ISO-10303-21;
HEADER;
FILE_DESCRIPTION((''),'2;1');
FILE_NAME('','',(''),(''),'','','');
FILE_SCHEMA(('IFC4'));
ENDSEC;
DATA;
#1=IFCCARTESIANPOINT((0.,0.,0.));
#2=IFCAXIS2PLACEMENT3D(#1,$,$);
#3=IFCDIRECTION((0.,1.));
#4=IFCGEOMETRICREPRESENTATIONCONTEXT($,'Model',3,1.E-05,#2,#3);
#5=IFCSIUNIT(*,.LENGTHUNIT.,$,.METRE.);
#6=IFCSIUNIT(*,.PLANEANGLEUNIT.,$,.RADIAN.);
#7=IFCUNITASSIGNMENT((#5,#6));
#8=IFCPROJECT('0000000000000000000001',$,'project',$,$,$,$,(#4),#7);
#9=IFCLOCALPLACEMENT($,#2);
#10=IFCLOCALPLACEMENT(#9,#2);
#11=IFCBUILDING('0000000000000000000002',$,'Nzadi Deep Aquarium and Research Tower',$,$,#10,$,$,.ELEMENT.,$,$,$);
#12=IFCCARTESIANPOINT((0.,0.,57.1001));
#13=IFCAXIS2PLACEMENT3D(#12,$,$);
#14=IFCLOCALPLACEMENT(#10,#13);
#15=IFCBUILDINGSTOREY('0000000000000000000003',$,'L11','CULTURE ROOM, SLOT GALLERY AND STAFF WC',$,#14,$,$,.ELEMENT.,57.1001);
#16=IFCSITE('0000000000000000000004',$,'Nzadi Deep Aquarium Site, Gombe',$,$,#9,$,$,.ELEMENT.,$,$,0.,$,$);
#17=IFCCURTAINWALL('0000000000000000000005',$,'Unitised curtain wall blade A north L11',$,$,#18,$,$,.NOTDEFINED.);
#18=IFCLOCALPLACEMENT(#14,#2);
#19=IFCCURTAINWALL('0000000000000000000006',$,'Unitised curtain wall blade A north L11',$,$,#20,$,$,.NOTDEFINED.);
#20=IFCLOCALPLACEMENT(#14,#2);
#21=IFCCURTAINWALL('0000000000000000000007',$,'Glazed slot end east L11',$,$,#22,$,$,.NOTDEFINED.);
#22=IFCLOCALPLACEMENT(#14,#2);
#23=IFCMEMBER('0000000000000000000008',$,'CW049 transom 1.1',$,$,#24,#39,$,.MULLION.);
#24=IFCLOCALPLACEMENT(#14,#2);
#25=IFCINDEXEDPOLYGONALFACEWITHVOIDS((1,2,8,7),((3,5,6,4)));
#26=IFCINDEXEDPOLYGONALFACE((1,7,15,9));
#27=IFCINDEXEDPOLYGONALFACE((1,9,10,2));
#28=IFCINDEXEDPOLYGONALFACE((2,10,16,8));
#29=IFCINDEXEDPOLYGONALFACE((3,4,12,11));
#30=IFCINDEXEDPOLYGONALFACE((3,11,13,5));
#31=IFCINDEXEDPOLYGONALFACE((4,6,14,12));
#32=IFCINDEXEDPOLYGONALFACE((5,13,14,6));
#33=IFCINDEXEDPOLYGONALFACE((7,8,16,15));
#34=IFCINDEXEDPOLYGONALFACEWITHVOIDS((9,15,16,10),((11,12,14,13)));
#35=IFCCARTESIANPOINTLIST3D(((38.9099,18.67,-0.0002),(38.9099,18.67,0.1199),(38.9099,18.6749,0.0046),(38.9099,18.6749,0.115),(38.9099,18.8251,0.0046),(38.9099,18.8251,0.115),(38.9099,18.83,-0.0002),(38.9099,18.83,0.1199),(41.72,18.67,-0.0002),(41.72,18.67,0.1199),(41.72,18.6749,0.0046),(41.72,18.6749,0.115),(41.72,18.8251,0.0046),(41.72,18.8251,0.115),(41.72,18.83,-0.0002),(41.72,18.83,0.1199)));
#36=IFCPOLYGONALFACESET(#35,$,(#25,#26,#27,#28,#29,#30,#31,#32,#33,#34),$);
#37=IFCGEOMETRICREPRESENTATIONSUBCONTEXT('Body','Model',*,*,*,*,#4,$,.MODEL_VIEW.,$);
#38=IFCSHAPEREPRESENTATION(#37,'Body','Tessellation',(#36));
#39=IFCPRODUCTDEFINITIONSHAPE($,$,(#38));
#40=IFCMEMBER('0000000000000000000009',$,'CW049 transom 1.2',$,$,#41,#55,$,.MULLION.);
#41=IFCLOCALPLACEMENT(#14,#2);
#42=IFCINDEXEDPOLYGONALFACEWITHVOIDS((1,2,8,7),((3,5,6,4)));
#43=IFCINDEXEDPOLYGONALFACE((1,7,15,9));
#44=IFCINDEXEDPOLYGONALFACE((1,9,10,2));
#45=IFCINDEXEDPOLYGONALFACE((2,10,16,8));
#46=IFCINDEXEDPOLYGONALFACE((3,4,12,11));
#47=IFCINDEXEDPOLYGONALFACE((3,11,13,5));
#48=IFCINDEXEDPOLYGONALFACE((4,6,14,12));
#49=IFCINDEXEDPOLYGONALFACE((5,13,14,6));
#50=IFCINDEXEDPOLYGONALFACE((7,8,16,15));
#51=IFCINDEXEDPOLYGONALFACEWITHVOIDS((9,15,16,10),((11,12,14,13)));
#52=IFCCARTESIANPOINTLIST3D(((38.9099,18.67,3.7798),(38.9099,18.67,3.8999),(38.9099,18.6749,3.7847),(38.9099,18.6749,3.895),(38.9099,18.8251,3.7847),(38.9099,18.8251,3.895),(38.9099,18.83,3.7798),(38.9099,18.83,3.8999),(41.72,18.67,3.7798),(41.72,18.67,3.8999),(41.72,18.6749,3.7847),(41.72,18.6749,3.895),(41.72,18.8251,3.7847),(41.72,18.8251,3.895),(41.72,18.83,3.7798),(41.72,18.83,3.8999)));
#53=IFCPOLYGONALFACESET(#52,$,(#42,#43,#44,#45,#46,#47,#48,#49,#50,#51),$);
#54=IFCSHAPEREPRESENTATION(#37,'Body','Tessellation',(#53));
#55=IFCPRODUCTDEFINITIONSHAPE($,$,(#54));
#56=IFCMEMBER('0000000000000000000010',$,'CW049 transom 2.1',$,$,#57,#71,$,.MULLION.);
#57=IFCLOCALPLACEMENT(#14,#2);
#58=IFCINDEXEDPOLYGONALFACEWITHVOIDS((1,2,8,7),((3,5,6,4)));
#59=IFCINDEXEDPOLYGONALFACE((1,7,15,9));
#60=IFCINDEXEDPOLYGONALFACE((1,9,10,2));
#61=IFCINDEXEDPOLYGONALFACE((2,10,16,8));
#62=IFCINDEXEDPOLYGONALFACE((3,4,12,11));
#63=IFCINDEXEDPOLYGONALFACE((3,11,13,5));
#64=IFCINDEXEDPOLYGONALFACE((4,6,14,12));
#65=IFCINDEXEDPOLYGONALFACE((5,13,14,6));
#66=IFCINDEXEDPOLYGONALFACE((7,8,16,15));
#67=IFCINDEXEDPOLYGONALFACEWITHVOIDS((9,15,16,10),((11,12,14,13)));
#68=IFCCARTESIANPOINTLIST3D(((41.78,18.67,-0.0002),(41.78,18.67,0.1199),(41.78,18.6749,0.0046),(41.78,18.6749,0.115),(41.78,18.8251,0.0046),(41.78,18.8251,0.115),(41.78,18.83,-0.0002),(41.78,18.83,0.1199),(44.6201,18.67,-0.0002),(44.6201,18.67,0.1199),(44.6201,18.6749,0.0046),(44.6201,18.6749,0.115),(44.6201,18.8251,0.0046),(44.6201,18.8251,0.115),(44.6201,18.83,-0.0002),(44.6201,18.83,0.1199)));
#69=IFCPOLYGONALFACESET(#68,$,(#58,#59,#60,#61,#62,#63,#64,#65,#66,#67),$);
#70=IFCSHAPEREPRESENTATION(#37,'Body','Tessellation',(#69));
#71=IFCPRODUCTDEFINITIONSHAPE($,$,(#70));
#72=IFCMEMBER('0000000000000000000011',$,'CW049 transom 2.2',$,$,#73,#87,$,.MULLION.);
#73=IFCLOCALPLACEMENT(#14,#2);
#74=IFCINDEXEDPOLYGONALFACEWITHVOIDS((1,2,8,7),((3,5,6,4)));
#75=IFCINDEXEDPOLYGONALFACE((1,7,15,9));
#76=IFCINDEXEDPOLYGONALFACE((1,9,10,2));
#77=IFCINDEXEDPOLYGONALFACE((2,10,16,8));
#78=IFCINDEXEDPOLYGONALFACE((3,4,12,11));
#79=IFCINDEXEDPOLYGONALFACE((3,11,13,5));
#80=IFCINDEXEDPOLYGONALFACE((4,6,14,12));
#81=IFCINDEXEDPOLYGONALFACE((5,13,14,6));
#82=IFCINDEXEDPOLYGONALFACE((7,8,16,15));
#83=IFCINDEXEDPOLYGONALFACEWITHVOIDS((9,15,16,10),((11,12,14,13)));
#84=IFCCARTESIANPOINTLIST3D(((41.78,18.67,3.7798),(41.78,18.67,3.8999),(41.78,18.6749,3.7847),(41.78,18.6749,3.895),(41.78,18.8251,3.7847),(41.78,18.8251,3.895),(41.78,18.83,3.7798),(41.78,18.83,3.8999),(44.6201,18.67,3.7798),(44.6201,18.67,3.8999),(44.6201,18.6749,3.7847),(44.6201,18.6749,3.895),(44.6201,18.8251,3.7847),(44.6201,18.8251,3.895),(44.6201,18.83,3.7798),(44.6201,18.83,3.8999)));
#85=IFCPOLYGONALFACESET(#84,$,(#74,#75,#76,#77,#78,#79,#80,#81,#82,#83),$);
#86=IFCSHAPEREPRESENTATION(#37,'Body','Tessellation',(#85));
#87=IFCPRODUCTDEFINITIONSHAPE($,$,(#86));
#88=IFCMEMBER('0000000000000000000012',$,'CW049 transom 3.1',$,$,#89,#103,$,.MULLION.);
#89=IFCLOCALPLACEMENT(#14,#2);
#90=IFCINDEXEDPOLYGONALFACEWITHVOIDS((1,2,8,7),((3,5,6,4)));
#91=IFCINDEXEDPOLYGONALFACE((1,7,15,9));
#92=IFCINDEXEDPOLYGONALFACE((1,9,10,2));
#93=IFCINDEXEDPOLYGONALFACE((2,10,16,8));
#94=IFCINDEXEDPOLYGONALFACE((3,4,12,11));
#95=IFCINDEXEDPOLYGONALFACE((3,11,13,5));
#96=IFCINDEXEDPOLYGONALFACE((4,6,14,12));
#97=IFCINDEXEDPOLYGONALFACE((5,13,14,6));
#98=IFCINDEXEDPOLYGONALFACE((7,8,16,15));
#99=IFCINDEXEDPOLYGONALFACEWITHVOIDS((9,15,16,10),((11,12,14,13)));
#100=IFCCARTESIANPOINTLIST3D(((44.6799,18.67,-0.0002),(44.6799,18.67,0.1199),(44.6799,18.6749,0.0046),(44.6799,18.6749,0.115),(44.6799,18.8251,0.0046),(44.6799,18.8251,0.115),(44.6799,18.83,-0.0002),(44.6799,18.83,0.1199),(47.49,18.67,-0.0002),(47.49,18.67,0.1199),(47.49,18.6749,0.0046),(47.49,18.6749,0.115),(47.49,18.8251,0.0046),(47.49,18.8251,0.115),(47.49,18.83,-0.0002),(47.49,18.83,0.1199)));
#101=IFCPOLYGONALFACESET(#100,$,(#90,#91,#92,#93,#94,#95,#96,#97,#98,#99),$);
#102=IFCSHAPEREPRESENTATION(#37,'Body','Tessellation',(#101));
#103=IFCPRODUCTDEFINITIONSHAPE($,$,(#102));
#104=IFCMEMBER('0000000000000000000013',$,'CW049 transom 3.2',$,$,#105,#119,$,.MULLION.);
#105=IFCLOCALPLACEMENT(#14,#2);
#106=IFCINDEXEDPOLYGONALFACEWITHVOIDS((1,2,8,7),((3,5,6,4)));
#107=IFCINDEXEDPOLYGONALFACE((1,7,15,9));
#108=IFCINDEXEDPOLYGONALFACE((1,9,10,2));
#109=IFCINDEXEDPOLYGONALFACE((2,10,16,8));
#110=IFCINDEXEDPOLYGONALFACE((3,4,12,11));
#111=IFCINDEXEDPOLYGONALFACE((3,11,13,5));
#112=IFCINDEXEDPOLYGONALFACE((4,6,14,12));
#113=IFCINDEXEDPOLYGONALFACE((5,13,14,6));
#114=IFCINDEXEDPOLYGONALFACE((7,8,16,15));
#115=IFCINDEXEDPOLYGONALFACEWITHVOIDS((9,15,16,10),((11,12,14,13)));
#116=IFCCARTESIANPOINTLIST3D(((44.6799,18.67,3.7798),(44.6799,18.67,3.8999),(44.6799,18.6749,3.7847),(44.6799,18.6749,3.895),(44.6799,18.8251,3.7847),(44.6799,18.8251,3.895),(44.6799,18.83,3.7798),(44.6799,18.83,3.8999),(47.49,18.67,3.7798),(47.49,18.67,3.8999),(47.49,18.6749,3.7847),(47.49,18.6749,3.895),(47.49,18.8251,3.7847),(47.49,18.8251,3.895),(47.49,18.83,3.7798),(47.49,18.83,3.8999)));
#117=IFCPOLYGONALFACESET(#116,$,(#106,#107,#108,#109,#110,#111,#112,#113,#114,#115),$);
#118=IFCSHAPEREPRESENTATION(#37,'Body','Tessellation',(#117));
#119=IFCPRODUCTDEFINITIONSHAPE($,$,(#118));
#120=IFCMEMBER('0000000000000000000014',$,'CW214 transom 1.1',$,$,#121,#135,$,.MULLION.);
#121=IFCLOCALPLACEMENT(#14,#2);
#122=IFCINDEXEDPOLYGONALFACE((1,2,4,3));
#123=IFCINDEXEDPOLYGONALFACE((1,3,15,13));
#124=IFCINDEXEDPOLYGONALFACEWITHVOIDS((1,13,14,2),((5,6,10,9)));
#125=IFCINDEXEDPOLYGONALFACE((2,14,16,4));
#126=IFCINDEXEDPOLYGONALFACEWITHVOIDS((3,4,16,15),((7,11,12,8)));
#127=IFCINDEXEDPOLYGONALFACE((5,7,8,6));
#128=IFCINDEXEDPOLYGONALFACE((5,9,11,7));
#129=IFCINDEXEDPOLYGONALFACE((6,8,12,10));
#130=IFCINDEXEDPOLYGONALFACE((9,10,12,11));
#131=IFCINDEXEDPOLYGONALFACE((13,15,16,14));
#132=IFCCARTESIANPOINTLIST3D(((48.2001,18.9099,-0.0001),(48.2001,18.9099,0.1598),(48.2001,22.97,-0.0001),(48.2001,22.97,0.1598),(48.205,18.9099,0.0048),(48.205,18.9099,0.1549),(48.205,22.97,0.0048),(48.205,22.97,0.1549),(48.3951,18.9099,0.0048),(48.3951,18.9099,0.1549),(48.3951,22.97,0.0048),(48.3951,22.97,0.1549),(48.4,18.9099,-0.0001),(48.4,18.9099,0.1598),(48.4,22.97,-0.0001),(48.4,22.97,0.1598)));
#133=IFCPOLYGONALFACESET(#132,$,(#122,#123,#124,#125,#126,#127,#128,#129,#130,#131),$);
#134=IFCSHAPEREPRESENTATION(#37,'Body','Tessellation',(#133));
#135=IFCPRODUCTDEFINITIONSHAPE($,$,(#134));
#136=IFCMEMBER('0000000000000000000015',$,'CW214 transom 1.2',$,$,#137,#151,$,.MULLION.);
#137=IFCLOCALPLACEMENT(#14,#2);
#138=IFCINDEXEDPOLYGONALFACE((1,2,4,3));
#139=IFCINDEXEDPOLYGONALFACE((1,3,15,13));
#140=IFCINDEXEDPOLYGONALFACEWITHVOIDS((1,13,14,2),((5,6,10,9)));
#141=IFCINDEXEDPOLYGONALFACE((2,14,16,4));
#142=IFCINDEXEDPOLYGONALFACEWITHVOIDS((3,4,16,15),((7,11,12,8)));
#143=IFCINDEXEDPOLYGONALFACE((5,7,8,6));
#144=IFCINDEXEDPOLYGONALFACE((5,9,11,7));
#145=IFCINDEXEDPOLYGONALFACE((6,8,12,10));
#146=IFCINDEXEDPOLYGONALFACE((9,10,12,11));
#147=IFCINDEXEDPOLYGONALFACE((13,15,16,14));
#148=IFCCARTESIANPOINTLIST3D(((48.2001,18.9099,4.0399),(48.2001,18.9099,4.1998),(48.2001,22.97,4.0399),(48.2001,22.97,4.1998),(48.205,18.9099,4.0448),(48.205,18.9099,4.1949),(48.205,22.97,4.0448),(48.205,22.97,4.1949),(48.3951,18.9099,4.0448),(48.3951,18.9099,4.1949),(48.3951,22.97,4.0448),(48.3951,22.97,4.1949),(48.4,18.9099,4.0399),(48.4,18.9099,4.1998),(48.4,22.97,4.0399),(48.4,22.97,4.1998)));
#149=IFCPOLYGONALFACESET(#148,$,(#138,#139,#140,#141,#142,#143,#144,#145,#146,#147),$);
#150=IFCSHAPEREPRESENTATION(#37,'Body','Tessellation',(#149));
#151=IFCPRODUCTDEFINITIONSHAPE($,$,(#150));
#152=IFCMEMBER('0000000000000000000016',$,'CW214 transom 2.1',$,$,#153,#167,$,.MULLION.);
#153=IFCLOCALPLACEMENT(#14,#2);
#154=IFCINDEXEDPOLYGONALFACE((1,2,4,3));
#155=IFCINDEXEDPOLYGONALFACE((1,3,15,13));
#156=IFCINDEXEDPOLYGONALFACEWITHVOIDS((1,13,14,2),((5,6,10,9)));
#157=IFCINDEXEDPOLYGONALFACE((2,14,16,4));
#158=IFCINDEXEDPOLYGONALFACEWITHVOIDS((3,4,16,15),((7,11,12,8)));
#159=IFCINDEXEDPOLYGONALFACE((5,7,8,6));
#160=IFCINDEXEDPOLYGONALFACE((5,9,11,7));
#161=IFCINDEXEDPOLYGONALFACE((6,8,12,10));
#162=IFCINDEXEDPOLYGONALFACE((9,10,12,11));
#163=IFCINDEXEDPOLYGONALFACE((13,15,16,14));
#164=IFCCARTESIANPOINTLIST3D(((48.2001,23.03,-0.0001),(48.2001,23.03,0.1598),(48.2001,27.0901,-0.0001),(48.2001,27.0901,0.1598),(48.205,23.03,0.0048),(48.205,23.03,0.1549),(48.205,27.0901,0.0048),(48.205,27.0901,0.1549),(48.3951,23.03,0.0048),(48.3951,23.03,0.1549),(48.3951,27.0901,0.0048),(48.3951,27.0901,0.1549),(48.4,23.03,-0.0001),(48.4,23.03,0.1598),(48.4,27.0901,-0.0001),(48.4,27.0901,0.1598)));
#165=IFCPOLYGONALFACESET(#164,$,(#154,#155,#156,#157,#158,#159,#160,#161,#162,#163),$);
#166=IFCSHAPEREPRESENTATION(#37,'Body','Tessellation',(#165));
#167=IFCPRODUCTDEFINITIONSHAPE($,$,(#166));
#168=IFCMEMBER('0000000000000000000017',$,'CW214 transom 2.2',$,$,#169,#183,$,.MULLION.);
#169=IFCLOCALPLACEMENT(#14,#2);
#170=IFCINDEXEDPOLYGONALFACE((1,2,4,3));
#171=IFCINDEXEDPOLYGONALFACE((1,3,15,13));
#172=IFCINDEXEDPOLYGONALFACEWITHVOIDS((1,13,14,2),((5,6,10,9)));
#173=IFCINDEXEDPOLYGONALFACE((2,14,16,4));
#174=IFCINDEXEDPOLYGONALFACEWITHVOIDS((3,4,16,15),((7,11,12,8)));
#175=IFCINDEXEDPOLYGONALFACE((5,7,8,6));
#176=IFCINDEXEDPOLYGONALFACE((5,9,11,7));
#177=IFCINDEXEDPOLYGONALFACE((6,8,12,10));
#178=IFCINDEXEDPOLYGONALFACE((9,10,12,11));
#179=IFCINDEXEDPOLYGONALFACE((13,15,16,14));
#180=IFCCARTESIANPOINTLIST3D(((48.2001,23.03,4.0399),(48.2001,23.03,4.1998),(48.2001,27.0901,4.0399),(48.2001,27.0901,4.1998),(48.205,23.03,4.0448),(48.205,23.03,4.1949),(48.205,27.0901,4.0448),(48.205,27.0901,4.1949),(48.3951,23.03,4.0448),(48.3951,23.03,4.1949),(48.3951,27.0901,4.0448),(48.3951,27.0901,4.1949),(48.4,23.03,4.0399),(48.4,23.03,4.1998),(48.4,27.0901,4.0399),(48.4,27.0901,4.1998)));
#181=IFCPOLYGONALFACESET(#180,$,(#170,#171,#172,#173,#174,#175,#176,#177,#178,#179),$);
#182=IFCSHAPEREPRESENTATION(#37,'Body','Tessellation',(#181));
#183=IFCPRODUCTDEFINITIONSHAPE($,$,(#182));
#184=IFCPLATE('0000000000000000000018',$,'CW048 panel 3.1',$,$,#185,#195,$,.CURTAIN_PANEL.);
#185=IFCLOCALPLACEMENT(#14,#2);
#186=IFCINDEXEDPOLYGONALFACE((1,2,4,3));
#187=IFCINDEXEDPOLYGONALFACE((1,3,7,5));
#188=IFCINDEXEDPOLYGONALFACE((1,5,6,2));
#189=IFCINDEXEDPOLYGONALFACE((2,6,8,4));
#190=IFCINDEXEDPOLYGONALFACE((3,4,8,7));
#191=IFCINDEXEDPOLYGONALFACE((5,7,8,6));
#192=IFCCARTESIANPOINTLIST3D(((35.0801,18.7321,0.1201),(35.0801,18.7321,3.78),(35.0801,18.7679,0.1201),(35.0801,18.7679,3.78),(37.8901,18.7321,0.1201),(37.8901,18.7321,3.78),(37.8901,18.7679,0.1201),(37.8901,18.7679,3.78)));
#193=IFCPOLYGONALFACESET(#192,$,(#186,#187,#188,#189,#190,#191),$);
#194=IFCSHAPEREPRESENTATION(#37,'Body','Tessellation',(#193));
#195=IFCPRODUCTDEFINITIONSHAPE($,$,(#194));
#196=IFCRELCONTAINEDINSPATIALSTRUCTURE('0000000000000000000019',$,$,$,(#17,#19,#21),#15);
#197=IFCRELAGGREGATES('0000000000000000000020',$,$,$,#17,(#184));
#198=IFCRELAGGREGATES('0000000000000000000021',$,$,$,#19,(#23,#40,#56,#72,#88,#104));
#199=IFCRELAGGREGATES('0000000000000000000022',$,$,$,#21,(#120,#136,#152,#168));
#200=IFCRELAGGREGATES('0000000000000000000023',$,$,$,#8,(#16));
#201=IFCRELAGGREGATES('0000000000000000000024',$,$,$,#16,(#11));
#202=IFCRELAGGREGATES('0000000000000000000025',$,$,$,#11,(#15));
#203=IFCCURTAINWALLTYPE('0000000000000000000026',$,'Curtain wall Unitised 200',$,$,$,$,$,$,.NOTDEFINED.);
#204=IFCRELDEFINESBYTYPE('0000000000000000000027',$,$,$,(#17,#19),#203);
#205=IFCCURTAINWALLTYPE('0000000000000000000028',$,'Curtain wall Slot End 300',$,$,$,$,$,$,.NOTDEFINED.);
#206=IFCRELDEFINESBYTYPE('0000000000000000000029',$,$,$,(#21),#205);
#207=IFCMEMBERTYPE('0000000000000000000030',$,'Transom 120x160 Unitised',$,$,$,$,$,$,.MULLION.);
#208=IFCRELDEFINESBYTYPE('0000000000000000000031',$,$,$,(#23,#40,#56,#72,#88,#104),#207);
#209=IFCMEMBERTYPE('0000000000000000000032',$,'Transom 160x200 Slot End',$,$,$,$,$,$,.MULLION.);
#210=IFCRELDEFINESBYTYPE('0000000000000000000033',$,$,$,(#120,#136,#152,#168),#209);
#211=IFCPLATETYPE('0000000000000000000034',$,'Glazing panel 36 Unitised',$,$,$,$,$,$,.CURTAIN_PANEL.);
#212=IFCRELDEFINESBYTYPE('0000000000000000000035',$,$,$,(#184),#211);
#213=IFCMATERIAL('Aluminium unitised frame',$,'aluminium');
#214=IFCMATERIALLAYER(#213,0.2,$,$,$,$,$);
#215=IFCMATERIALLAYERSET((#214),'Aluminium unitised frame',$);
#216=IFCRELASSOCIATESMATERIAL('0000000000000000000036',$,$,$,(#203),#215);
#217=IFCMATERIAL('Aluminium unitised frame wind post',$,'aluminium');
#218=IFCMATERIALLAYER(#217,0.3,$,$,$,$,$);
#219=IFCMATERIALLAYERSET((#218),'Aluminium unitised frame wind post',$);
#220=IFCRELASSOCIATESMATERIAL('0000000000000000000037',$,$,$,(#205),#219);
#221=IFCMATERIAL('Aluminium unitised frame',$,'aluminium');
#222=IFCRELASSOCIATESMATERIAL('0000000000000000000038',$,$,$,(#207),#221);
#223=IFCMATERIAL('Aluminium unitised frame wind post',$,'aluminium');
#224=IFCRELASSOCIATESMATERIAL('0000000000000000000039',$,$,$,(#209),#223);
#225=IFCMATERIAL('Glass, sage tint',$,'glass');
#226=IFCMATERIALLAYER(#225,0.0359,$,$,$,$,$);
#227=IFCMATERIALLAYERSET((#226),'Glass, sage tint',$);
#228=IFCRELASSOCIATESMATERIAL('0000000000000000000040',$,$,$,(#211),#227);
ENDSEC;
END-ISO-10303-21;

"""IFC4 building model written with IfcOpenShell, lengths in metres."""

from ifc_helpers import new_model, si_unit, direction, frame, origin, origin_2d, place, context, subcontext, project, spatial, rectangle, hollow_rectangle, extrude, material, layer, layer_set, material_profile, profile_set, type_object, element, aggregate, save


model = new_model("IFC4")

# Units and contexts
model_context = context("Model", 3, precision=1e-05, world=origin(), true_north=direction((0.0, 1.0)))
body_context = subcontext(model_context, "Body", "Model", "MODEL_VIEW")
ifc_project = project(units=[si_unit("LENGTHUNIT", "METRE"), si_unit("PLANEANGLEUNIT", "RADIAN")], contexts=[model_context])

# Site, building, storey
site_placement = place(None, origin())
site = spatial("IfcSite", under=ifc_project, at=site_placement, Name="Nzadi Deep Aquarium Site, Gombe", CompositionType="ELEMENT", RefElevation=0.0)
building_placement = place(site_placement, origin())
building = spatial("IfcBuilding", under=site, at=building_placement, Name="Nzadi Deep Aquarium and Research Tower", CompositionType="ELEMENT")
storey_placement = place(building_placement, frame((0.0, 0.0, 57.1001)))
storey = spatial("IfcBuildingStorey", under=building, at=storey_placement, Name="L11", Description="CULTURE ROOM, SLOT GALLERY AND STAFF WC", CompositionType="ELEMENT", Elevation=57.1001)

# Curtain wall
ifc_material_1 = material(Name="Aluminium unitised frame", Category="aluminium")
ifc_layer_1 = layer(ifc_material_1, 0.2)
ifc_layer_set_1 = layer_set([ifc_layer_1], Name="Aluminium unitised frame")
curtain_wall_type_1 = type_object("IfcCurtainWallType", Name="Curtain wall Unitised 200", PredefinedType="NOTDEFINED", material=ifc_layer_set_1)
curtain_wall_1_placement = place(storey_placement, origin())
curtain_wall_1 = element("IfcCurtainWall", 1, at=curtain_wall_1_placement, inside=storey, type_object=curtain_wall_type_1, Name="Unitised curtain wall blade A north L11", PredefinedType="NOTDEFINED")

# Curtain walls
curtain_wall_2_placement = place(storey_placement, origin())
curtain_wall_2 = element("IfcCurtainWall", 2, at=curtain_wall_2_placement, inside=storey, type_object=curtain_wall_type_1, Name="Unitised curtain wall blade A north L11", PredefinedType="NOTDEFINED")
ifc_material_2 = material(Name="Aluminium unitised frame wind post", Category="aluminium")
ifc_layer_2 = layer(ifc_material_2, 0.3)
ifc_layer_set_2 = layer_set([ifc_layer_2], Name="Aluminium unitised frame wind post")
curtain_wall_type_2 = type_object("IfcCurtainWallType", Name="Curtain wall Slot End 300", PredefinedType="NOTDEFINED", material=ifc_layer_set_2)
curtain_wall_3_placement = place(storey_placement, origin())
curtain_wall_3 = element("IfcCurtainWall", 3, at=curtain_wall_3_placement, inside=storey, type_object=curtain_wall_type_2, Name="Glazed slot end east L11", PredefinedType="NOTDEFINED")

# Members
ifc_material_3 = material(Name="Aluminium unitised frame", Category="aluminium")
ifc_material_profile_1 = material_profile(ifc_material_3, hollow_rectangle(XDim=0.1599, YDim=0.1201, WallThickness=0.0049, at=origin_2d()))
ifc_profile_set_1 = profile_set([ifc_material_profile_1], Name="Aluminium unitised frame")
member_type_1 = type_object("IfcMemberType", Name="Transom 120x160 Unitised", PredefinedType="MULLION", material=ifc_profile_set_1)
member_1_placement = place(storey_placement, frame((38.9099, 18.75, 0.0598), z_axis=(1.0, 0.0, 0.0), x_axis=(0.0, 1.0, 0.0)))
member_1 = element("IfcMember", 4, at=member_1_placement, type_object=member_type_1, Name="CW049 transom 1.1", PredefinedType="MULLION", context=body_context, shape_type="SweptSolid", body=[
    extrude(hollow_rectangle(XDim=0.1599, YDim=0.1201, WallThickness=0.0049, at=origin_2d()), origin(), (0.0, 0.0, 1.0), 2.8101),
])
member_2_placement = place(storey_placement, frame((38.9099, 18.75, 3.8398), z_axis=(1.0, 0.0, 0.0), x_axis=(0.0, 1.0, 0.0)))
member_2 = element("IfcMember", 5, at=member_2_placement, type_object=member_type_1, Name="CW049 transom 1.2", PredefinedType="MULLION", context=body_context, shape_type="SweptSolid", body=[
    extrude(hollow_rectangle(XDim=0.1599, YDim=0.1201, WallThickness=0.0049, at=origin_2d()), origin(), (0.0, 0.0, 1.0), 2.8101),
])
member_3_placement = place(storey_placement, frame((41.78, 18.75, 0.0598), z_axis=(1.0, 0.0, 0.0), x_axis=(0.0, 1.0, 0.0)))
member_3 = element("IfcMember", 6, at=member_3_placement, type_object=member_type_1, Name="CW049 transom 2.1", PredefinedType="MULLION", context=body_context, shape_type="SweptSolid", body=[
    extrude(hollow_rectangle(XDim=0.1599, YDim=0.1201, WallThickness=0.0049, at=origin_2d()), origin(), (0.0, 0.0, 1.0), 2.8401),
])
member_4_placement = place(storey_placement, frame((41.78, 18.75, 3.8398), z_axis=(1.0, 0.0, 0.0), x_axis=(0.0, 1.0, 0.0)))
member_4 = element("IfcMember", 7, at=member_4_placement, type_object=member_type_1, Name="CW049 transom 2.2", PredefinedType="MULLION", context=body_context, shape_type="SweptSolid", body=[
    extrude(hollow_rectangle(XDim=0.1599, YDim=0.1201, WallThickness=0.0049, at=origin_2d()), origin(), (0.0, 0.0, 1.0), 2.8401),
])
member_5_placement = place(storey_placement, frame((44.6799, 18.75, 0.0598), z_axis=(1.0, 0.0, 0.0), x_axis=(0.0, 1.0, 0.0)))
member_5 = element("IfcMember", 8, at=member_5_placement, type_object=member_type_1, Name="CW049 transom 3.1", PredefinedType="MULLION", context=body_context, shape_type="SweptSolid", body=[
    extrude(hollow_rectangle(XDim=0.1599, YDim=0.1201, WallThickness=0.0049, at=origin_2d()), origin(), (0.0, 0.0, 1.0), 2.8101),
])
member_6_placement = place(storey_placement, frame((44.6799, 18.75, 3.8398), z_axis=(1.0, 0.0, 0.0), x_axis=(0.0, 1.0, 0.0)))
member_6 = element("IfcMember", 9, at=member_6_placement, type_object=member_type_1, Name="CW049 transom 3.2", PredefinedType="MULLION", context=body_context, shape_type="SweptSolid", body=[
    extrude(hollow_rectangle(XDim=0.1599, YDim=0.1201, WallThickness=0.0049, at=origin_2d()), origin(), (0.0, 0.0, 1.0), 2.8101),
])
ifc_material_4 = material(Name="Aluminium unitised frame wind post", Category="aluminium")
ifc_material_profile_2 = material_profile(ifc_material_4, hollow_rectangle(XDim=0.2, YDim=0.1599, WallThickness=0.0049, at=origin_2d()))
ifc_profile_set_2 = profile_set([ifc_material_profile_2], Name="Aluminium unitised frame wind post")
member_type_2 = type_object("IfcMemberType", Name="Transom 160x200 Slot End", PredefinedType="MULLION", material=ifc_profile_set_2)
member_7_placement = place(storey_placement, frame((48.3, 18.9099, 0.0798), z_axis=(0.0, 1.0, 0.0), x_axis=(-1.0, 0.0, 0.0)))
member_7 = element("IfcMember", 10, at=member_7_placement, type_object=member_type_2, Name="CW214 transom 1.1", PredefinedType="MULLION", context=body_context, shape_type="SweptSolid", body=[
    extrude(hollow_rectangle(XDim=0.2, YDim=0.1599, WallThickness=0.0049, at=origin_2d()), origin(), (0.0, 0.0, 1.0), 4.0601),
])
member_8_placement = place(storey_placement, frame((48.3, 18.9099, 4.1199), z_axis=(0.0, 1.0, 0.0), x_axis=(-1.0, 0.0, 0.0)))
member_8 = element("IfcMember", 11, at=member_8_placement, type_object=member_type_2, Name="CW214 transom 1.2", PredefinedType="MULLION", context=body_context, shape_type="SweptSolid", body=[
    extrude(hollow_rectangle(XDim=0.2, YDim=0.1599, WallThickness=0.0049, at=origin_2d()), origin(), (0.0, 0.0, 1.0), 4.0601),
])
member_9_placement = place(storey_placement, frame((48.3, 23.03, 0.0798), z_axis=(0.0, 1.0, 0.0), x_axis=(-1.0, 0.0, 0.0)))
member_9 = element("IfcMember", 12, at=member_9_placement, type_object=member_type_2, Name="CW214 transom 2.1", PredefinedType="MULLION", context=body_context, shape_type="SweptSolid", body=[
    extrude(hollow_rectangle(XDim=0.2, YDim=0.1599, WallThickness=0.0049, at=origin_2d()), origin(), (0.0, 0.0, 1.0), 4.0601),
])
member_10_placement = place(storey_placement, frame((48.3, 23.03, 4.1199), z_axis=(0.0, 1.0, 0.0), x_axis=(-1.0, 0.0, 0.0)))
member_10 = element("IfcMember", 13, at=member_10_placement, type_object=member_type_2, Name="CW214 transom 2.2", PredefinedType="MULLION", context=body_context, shape_type="SweptSolid", body=[
    extrude(hollow_rectangle(XDim=0.2, YDim=0.1599, WallThickness=0.0049, at=origin_2d()), origin(), (0.0, 0.0, 1.0), 4.0601),
])

# Plate
ifc_material_5 = material(Name="Glass, sage tint", Category="glass")
ifc_layer_3 = layer(ifc_material_5, 0.0359)
ifc_layer_set_3 = layer_set([ifc_layer_3], Name="Glass, sage tint")
plate_type_1 = type_object("IfcPlateType", Name="Glazing panel 36 Unitised", PredefinedType="CURTAIN_PANEL", material=ifc_layer_set_3)
plate_1_placement = place(storey_placement, frame((36.4851, 18.75, 0.1201), z_axis=(0.0, 0.0, 1.0), x_axis=(1.0, 0.0, 0.0)))
plate_1 = element("IfcPlate", 14, at=plate_1_placement, type_object=plate_type_1, Name="CW048 panel 3.1", PredefinedType="CURTAIN_PANEL", context=body_context, shape_type="SweptSolid", body=[
    extrude(rectangle(XDim=2.8101, YDim=0.0359, at=origin_2d()), origin(), (0.0, 0.0, 1.0), 3.6599),
])
aggregate(curtain_wall_1, [plate_1])
aggregate(curtain_wall_2, [member_1, member_2, member_3, member_4, member_5, member_6])
aggregate(curtain_wall_3, [member_7, member_8, member_9, member_10])

save(model, "model.ifc")
